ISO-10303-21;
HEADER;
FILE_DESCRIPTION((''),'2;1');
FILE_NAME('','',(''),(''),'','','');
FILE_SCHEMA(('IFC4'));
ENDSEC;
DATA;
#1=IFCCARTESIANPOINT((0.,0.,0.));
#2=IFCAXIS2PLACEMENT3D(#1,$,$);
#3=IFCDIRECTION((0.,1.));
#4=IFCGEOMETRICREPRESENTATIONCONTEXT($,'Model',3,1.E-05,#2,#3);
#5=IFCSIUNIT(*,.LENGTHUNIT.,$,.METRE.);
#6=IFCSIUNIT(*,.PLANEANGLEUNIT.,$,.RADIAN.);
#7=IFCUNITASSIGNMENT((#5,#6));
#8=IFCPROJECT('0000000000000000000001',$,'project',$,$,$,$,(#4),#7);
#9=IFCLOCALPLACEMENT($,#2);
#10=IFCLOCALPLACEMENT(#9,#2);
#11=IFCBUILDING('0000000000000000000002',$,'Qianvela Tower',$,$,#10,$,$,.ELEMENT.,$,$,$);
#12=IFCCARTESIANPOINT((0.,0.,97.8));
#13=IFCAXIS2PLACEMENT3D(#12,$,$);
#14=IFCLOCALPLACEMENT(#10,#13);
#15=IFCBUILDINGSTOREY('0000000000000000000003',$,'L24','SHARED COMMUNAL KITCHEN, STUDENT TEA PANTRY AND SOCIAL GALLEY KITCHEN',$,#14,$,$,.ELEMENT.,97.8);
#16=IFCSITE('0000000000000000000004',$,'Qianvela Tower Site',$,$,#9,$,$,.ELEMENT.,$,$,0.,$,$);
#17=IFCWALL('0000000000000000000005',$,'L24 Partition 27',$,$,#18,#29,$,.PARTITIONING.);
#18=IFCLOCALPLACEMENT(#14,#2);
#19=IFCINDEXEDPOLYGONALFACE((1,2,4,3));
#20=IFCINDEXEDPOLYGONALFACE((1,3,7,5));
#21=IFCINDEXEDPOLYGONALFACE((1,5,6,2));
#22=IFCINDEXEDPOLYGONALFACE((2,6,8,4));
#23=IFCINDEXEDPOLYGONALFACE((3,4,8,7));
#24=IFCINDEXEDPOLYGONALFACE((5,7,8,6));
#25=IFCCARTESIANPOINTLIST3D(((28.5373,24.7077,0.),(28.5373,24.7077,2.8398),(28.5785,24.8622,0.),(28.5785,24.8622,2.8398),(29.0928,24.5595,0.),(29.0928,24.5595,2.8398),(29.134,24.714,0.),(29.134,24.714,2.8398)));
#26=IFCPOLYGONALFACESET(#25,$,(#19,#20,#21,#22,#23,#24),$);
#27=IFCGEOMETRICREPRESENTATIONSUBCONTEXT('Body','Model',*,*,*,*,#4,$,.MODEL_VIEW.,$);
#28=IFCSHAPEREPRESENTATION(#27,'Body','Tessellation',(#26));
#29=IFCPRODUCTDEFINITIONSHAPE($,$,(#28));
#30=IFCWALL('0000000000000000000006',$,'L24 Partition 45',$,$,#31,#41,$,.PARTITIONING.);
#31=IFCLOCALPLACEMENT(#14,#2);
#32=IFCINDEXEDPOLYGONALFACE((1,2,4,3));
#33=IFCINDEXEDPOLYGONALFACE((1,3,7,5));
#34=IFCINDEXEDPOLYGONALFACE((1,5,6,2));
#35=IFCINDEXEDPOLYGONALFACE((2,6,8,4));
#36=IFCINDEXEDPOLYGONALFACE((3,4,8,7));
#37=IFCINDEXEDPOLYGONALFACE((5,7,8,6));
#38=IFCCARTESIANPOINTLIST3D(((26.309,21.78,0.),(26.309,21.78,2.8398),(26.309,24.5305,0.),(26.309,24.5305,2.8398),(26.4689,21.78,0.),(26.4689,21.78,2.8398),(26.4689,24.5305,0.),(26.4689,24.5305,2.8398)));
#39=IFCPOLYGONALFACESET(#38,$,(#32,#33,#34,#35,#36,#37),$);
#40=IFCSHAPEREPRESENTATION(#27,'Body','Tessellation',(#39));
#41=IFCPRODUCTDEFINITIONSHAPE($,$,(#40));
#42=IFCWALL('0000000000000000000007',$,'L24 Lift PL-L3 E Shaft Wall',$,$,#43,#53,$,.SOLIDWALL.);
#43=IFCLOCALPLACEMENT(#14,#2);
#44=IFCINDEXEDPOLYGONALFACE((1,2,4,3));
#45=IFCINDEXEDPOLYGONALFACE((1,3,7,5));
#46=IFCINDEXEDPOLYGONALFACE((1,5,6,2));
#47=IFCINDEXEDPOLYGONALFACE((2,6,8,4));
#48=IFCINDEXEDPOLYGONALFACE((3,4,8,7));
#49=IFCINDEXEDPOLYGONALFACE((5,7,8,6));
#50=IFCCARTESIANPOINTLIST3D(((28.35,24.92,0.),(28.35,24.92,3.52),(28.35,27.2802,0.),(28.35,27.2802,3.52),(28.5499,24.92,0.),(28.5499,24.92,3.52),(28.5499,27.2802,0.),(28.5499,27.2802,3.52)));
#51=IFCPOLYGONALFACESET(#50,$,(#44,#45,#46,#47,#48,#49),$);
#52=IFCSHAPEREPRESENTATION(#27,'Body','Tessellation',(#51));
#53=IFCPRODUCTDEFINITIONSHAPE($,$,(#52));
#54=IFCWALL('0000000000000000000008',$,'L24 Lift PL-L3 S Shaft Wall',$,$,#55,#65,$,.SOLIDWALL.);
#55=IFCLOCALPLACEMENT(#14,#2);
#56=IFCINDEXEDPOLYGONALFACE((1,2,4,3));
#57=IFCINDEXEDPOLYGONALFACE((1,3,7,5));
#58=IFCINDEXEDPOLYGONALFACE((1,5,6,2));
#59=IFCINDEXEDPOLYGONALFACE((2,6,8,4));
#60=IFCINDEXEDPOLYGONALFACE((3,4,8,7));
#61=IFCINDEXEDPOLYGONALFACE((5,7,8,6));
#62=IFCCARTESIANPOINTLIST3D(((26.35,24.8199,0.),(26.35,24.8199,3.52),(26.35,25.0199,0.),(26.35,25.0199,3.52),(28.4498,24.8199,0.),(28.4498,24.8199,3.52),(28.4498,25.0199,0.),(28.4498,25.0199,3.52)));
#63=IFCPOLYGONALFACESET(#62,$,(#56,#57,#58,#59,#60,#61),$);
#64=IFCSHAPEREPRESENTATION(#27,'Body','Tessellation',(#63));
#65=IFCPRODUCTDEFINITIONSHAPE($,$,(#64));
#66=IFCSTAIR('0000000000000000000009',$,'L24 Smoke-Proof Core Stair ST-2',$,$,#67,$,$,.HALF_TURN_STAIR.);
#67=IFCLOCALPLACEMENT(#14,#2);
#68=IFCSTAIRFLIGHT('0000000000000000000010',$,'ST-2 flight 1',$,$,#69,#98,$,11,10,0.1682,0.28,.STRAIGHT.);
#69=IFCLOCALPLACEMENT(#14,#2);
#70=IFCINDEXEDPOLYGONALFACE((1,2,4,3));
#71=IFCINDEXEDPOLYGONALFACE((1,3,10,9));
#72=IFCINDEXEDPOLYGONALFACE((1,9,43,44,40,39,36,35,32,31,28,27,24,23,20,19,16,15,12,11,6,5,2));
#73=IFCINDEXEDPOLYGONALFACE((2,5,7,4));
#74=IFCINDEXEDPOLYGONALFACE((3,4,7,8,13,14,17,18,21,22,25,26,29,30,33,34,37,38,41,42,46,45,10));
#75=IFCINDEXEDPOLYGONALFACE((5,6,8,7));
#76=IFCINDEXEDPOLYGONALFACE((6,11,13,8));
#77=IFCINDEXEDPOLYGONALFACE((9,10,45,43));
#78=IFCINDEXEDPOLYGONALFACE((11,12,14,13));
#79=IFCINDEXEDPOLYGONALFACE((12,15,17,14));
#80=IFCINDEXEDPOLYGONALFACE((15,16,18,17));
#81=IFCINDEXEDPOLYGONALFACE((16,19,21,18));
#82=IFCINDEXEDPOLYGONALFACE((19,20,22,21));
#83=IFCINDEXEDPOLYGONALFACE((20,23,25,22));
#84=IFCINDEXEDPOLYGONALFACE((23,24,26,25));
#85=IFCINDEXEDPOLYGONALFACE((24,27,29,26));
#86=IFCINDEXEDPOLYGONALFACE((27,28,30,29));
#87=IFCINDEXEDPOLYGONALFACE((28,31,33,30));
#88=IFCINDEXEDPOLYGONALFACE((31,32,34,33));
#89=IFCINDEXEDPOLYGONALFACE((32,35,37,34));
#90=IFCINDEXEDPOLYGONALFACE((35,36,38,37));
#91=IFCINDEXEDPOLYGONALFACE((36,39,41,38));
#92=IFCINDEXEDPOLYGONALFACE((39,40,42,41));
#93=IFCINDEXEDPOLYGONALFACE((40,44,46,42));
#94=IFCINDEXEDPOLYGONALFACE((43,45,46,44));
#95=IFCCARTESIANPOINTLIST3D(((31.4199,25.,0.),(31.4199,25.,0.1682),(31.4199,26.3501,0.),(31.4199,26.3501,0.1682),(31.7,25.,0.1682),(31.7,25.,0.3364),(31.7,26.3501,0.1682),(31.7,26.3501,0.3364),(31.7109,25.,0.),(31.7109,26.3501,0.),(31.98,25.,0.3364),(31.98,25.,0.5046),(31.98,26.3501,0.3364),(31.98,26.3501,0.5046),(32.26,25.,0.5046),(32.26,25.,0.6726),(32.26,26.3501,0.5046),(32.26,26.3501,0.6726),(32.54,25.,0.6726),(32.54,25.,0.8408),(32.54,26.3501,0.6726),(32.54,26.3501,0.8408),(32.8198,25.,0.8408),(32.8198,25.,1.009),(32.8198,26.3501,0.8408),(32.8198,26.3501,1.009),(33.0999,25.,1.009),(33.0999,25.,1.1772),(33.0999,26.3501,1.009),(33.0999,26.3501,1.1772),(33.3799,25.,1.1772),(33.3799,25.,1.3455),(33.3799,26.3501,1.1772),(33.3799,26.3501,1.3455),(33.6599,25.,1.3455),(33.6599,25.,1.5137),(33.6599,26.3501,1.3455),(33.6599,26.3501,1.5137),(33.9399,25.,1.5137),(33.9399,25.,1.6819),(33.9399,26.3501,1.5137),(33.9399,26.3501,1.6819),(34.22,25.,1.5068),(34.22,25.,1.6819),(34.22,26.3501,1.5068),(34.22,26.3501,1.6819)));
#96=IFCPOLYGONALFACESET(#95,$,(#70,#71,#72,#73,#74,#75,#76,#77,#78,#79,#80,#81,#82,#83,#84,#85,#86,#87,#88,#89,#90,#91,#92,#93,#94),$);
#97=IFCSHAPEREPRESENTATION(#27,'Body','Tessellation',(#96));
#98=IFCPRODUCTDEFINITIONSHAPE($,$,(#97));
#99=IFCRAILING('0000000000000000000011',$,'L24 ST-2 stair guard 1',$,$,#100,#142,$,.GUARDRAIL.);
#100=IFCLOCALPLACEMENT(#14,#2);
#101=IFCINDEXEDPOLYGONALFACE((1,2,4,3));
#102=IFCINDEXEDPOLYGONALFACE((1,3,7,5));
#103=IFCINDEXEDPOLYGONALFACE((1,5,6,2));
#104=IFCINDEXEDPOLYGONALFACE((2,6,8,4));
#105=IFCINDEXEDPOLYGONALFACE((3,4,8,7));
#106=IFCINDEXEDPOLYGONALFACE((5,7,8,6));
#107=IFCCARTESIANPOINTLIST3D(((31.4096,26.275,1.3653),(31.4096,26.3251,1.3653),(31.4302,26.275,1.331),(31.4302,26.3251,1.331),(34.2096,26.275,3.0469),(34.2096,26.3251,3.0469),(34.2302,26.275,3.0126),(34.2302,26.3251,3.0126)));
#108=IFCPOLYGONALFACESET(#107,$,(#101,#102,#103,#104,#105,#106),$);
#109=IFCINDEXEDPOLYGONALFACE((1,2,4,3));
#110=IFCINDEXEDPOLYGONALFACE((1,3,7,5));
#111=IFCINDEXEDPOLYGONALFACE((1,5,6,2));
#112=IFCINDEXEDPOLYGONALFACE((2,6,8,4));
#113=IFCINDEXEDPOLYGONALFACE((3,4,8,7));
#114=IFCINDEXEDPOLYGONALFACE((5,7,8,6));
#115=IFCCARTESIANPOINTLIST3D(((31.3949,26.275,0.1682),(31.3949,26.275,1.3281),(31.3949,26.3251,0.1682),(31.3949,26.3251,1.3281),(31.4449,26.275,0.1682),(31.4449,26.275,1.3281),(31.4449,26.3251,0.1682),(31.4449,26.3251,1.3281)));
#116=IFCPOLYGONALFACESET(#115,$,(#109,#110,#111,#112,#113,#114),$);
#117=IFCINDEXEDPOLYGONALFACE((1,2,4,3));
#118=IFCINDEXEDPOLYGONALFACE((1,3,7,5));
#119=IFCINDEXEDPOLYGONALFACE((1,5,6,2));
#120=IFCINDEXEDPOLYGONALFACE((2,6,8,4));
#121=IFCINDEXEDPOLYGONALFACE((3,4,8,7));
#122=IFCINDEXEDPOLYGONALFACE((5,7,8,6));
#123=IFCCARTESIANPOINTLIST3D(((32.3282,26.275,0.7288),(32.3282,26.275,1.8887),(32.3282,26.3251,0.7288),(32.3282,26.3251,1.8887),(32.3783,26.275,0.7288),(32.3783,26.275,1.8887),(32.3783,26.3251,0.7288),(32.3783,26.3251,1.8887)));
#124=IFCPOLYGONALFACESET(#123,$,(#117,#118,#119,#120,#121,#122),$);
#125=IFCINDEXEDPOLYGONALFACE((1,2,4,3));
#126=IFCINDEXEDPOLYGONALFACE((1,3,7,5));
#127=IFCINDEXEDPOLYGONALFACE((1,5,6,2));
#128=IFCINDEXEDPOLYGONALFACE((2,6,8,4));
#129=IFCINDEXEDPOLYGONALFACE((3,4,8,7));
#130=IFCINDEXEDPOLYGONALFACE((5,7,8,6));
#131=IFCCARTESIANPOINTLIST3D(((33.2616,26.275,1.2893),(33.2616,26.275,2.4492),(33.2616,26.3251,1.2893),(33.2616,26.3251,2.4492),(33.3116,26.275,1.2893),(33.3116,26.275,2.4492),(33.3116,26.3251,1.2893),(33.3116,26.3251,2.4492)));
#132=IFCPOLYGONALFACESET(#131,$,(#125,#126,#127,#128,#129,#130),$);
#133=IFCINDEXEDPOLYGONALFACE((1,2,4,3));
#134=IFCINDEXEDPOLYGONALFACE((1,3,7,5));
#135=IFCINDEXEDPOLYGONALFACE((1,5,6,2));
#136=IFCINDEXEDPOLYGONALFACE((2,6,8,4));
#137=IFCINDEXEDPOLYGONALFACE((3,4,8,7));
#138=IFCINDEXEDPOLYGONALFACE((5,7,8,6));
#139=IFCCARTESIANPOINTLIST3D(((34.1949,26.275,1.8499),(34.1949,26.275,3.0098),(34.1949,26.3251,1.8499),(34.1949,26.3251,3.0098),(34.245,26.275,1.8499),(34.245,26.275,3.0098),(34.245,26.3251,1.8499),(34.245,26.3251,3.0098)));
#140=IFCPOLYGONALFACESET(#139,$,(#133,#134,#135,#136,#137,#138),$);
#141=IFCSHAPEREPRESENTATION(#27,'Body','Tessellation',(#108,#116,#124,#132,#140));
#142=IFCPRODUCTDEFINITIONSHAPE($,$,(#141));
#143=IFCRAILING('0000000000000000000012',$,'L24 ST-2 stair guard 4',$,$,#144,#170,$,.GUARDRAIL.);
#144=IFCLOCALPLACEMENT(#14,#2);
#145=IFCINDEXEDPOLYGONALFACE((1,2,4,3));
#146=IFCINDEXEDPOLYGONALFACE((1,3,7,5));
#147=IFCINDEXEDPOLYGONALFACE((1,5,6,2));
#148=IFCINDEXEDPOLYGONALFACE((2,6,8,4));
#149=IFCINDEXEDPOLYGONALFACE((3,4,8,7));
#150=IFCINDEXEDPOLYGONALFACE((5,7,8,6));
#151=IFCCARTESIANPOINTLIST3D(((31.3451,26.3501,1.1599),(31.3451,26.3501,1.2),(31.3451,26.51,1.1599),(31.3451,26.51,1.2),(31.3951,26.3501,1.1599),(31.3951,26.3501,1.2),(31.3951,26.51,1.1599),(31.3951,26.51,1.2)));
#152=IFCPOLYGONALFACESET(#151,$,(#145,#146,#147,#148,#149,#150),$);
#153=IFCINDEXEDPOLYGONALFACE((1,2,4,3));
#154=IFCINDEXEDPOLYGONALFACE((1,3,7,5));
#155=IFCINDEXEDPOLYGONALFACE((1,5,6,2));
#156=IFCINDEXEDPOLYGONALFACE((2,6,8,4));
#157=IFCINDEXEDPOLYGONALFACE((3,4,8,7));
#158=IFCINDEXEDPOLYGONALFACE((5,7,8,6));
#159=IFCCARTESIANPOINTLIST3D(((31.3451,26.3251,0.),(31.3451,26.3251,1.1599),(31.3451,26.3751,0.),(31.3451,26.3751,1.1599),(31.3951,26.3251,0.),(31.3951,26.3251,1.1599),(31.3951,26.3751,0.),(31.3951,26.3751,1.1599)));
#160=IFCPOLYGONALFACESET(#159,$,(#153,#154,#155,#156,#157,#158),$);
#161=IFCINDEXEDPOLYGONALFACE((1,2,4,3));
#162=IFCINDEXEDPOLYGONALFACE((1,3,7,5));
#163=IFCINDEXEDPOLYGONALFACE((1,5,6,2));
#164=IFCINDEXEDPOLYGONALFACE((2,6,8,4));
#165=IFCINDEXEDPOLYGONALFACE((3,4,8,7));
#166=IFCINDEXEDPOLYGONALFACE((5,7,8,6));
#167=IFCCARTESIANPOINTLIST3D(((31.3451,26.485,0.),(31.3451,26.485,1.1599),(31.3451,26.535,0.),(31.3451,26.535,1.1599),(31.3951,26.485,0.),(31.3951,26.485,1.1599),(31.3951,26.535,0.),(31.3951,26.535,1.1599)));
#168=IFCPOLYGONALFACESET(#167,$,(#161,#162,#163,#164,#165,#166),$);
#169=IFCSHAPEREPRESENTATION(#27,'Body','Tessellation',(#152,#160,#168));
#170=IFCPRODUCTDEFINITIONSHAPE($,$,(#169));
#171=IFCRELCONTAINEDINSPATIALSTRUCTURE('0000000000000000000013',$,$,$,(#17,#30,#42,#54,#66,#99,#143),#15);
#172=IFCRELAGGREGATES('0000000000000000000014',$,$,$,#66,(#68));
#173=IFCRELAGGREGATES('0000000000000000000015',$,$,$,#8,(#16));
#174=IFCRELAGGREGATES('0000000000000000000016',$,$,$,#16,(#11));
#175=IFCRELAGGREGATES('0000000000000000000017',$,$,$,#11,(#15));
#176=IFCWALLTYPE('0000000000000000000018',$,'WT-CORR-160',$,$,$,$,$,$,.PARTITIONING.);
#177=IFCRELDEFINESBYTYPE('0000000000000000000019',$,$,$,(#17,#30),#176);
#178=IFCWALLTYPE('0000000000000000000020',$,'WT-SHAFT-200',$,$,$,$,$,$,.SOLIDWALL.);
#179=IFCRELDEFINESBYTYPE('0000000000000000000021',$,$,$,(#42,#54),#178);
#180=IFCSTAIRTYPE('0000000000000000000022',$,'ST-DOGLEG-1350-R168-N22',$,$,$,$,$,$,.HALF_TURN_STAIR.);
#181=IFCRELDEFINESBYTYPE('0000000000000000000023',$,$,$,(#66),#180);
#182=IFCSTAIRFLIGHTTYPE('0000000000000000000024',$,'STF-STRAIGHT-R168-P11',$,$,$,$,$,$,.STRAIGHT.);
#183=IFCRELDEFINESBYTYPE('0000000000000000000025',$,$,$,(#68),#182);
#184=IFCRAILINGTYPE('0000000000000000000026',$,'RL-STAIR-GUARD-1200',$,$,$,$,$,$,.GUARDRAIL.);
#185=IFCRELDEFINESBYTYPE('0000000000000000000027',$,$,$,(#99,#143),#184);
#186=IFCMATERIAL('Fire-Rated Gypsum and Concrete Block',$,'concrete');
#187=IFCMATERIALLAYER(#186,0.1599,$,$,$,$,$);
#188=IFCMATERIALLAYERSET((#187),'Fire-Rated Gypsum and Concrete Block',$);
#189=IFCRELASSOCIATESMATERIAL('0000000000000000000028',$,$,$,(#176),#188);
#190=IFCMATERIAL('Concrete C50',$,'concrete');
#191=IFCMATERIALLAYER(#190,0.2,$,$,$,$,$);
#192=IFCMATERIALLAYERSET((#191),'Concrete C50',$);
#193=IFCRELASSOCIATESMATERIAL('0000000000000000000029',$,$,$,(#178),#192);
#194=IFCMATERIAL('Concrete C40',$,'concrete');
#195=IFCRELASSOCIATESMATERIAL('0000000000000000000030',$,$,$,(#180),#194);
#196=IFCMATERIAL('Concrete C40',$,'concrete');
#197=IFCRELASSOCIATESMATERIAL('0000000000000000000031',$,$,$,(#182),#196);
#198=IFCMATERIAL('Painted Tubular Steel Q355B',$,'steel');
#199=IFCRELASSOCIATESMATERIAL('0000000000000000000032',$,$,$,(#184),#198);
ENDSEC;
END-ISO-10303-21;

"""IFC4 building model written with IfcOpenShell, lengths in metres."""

from ifc_helpers import new_model, si_unit, direction, frame, frame_2d, origin, origin_2d, place, context, subcontext, project, spatial, polyline, rectangle, outline, extrude, material, layer, layer_set, type_object, element, aggregate, save


model = new_model("IFC4")

# Units and contexts
model_context = context("Model", 3, precision=1e-05, world=origin(), true_north=direction((0.0, 1.0)))
body_context = subcontext(model_context, "Body", "Model", "MODEL_VIEW")
ifc_project = project(units=[si_unit("LENGTHUNIT", "METRE"), si_unit("PLANEANGLEUNIT", "RADIAN")], contexts=[model_context])

# Site, building, storey
site_placement = place(None, origin())
site = spatial("IfcSite", under=ifc_project, at=site_placement, Name="Qianvela Tower Site", CompositionType="ELEMENT", RefElevation=0.0)
building_placement = place(site_placement, origin())
building = spatial("IfcBuilding", under=site, at=building_placement, Name="Qianvela Tower", CompositionType="ELEMENT")
storey_placement = place(building_placement, frame((0.0, 0.0, 97.8)))
storey = spatial("IfcBuildingStorey", under=building, at=storey_placement, Name="L24", Description="SHARED COMMUNAL KITCHEN, STUDENT TEA PANTRY AND SOCIAL GALLEY KITCHEN", CompositionType="ELEMENT", Elevation=97.8)

# Walls
ifc_material_1 = material(Name="Fire-Rated Gypsum and Concrete Block", Category="concrete")
ifc_layer_1 = layer(ifc_material_1, 0.1599)
ifc_layer_set_1 = layer_set([ifc_layer_1], Name="Fire-Rated Gypsum and Concrete Block")
wall_type_1 = type_object("IfcWallType", Name="WT-CORR-160", PredefinedType="PARTITIONING", material=ifc_layer_set_1)
wall_1_placement = place(storey_placement, frame((29.1135, 24.6367, 0.0), z_axis=(0.0, 0.0, 1.0), x_axis=(-0.9662, 0.257795, 0.0)))
element("IfcWall", 1, at=wall_1_placement, inside=storey, type_object=wall_type_1, Name="L24 Partition 27", PredefinedType="PARTITIONING", context=body_context, shape_type="SweptSolid", body=[
    extrude(rectangle(XDim=0.575, YDim=0.1599, at=frame_2d((0.2876, 0.0))), origin(), (0.0, 0.0, 1.0), 2.8398),
])
wall_2_placement = place(storey_placement, frame((26.3889, 24.5305, 0.0), z_axis=(0.0, 0.0, 1.0), x_axis=(0.0, -1.0, 0.0)))
element("IfcWall", 2, at=wall_2_placement, inside=storey, type_object=wall_type_1, Name="L24 Partition 45", PredefinedType="PARTITIONING", context=body_context, shape_type="SweptSolid", body=[
    extrude(rectangle(XDim=2.7505, YDim=0.1599, at=frame_2d((1.3752, 0.0))), origin(), (0.0, 0.0, 1.0), 2.8398),
])
ifc_material_2 = material(Name="Concrete C50", Category="concrete")
ifc_layer_2 = layer(ifc_material_2, 0.2)
ifc_layer_set_2 = layer_set([ifc_layer_2], Name="Concrete C50")
wall_type_2 = type_object("IfcWallType", Name="WT-SHAFT-200", PredefinedType="SOLIDWALL", material=ifc_layer_set_2)
wall_3_placement = place(storey_placement, frame((28.45, 24.9199, 0.0), z_axis=(0.0, 0.0, 1.0), x_axis=(0.0, 1.0, 0.0)))
element("IfcWall", 3, at=wall_3_placement, inside=storey, type_object=wall_type_2, Name="L24 Lift PL-L3 E Shaft Wall", PredefinedType="SOLIDWALL", context=body_context, shape_type="SweptSolid", body=[
    extrude(rectangle(XDim=2.3601, YDim=0.2, at=frame_2d((1.1802, 0.0))), origin(), (0.0, 0.0, 1.0), 3.52),
])

# Wall
wall_4_placement = place(storey_placement, frame((26.3501, 24.9199, 0.0), z_axis=(0.0, 0.0, 1.0), x_axis=(1.0, 0.0, 0.0)))
element("IfcWall", 4, at=wall_4_placement, inside=storey, type_object=wall_type_2, Name="L24 Lift PL-L3 S Shaft Wall", PredefinedType="SOLIDWALL", context=body_context, shape_type="SweptSolid", body=[
    extrude(rectangle(XDim=2.0999, YDim=0.2, at=frame_2d((1.0498, 0.0))), origin(), (0.0, 0.0, 1.0), 3.52),
])

# Stair, stair flight
ifc_material_3 = material(Name="Concrete C40", Category="concrete")
stair_type = type_object("IfcStairType", Name="ST-DOGLEG-1350-R168-N22", PredefinedType="HALF_TURN_STAIR", material=ifc_material_3)
stair_placement = place(storey_placement, origin())
stair = element("IfcStair", 5, at=stair_placement, inside=storey, type_object=stair_type, Name="L24 Smoke-Proof Core Stair ST-2", PredefinedType="HALF_TURN_STAIR")
ifc_material_4 = material(Name="Concrete C40", Category="concrete")
stair_flight_type = type_object("IfcStairFlightType", Name="STF-STRAIGHT-R168-P11", PredefinedType="STRAIGHT", material=ifc_material_4)
stair_flight_placement = place(storey_placement, frame((31.4199, 25.675, 0.0), z_axis=(0.0, 0.0, 1.0), x_axis=(1.0, 0.0, 0.0)))
stair_flight = element("IfcStairFlight", 6, at=stair_flight_placement, type_object=stair_flight_type, Name="ST-2 flight 1", NumberOfRisers=11, NumberOfTreads=10, PredefinedType="STRAIGHT", RiserHeight=0.1682, TreadLength=0.28, context=body_context, shape_type="SweptSolid", body=[
    extrude(outline(polyline([(0.0, 0.0), (0.0, 0.1682), (0.28, 0.1682), (0.28, 0.3364), (0.5601, 0.3364), (0.5601, 0.5046), (0.8401, 0.5046), (0.8401, 0.6726), (1.1201, 0.6726), (1.1201, 0.8408), (1.3999, 0.8408), (1.3999, 1.009), (1.6799, 1.009), (1.6799, 1.1772), (1.96, 1.1772), (1.96, 1.3455), (2.24, 1.3455), (2.24, 1.5137), (2.52, 1.5137), (2.52, 1.6819), (2.8, 1.6819), (2.8, 1.8501), (2.8, 1.5068), (0.291, 0.0), (0.0, 0.0)])), frame((0.0, 0.675, 0.0), z_axis=(0.0, -1.0, 0.0), x_axis=(1.0, 0.0, 0.0)), (0.0, 0.0, 1.0), 1.3501),
])
aggregate(stair, [stair_flight])

# Railings
ifc_material_5 = material(Name="Painted Tubular Steel Q355B", Category="steel")
railing_type_1 = type_object("IfcRailingType", Name="RL-STAIR-GUARD-1200", PredefinedType="GUARDRAIL", material=ifc_material_5)
railing_1_placement = place(storey_placement, frame((31.4199, 26.3, 0.1682)))
element("IfcRailing", 7, at=railing_1_placement, inside=storey, type_object=railing_type_1, Name="L24 ST-2 stair guard 1", PredefinedType="GUARDRAIL", context=body_context, shape_type="SweptSolid", body=[
    extrude(rectangle(XDim=0.05, YDim=0.04, at=origin_2d()), frame((0.0, 0.0, 1.1799), z_axis=(0.857275, 0.0, 0.514858), x_axis=(0.0, 1.0, 0.0)), (0.0, 0.0, 1.0), 3.2661),
    extrude(rectangle(XDim=0.05, YDim=0.05, at=origin_2d()), origin(), (0.0, 0.0, 1.0), 1.1599),
    extrude(rectangle(XDim=0.05, YDim=0.05, at=origin_2d()), frame((0.9333, 0.0, 0.5605)), (0.0, 0.0, 1.0), 1.1599),
    extrude(rectangle(XDim=0.05, YDim=0.05, at=origin_2d()), frame((1.8667, 0.0, 1.1211)), (0.0, 0.0, 1.0), 1.1599),
    extrude(rectangle(XDim=0.05, YDim=0.05, at=origin_2d()), frame((2.8, 0.0, 1.6816)), (0.0, 0.0, 1.0), 1.1599),
])
railing_2_placement = place(storey_placement, frame((31.3701, 26.3501, 0.0)))
element("IfcRailing", 8, at=railing_2_placement, inside=storey, type_object=railing_type_1, Name="L24 ST-2 stair guard 4", PredefinedType="GUARDRAIL", context=body_context, shape_type="SweptSolid", body=[
    extrude(rectangle(XDim=0.05, YDim=0.04, at=origin_2d()), frame((0.0, 0.0, 1.1799), z_axis=(0.0, 1.0, 0.0), x_axis=(-1.0, 0.0, 0.0)), (0.0, 0.0, 1.0), 0.1599),
    extrude(rectangle(XDim=0.05, YDim=0.05, at=origin_2d()), origin(), (0.0, 0.0, 1.0), 1.1599),
    extrude(rectangle(XDim=0.05, YDim=0.05, at=origin_2d()), frame((0.0, 0.1599, 0.0)), (0.0, 0.0, 1.0), 1.1599),
])

save(model, "model.ifc")
